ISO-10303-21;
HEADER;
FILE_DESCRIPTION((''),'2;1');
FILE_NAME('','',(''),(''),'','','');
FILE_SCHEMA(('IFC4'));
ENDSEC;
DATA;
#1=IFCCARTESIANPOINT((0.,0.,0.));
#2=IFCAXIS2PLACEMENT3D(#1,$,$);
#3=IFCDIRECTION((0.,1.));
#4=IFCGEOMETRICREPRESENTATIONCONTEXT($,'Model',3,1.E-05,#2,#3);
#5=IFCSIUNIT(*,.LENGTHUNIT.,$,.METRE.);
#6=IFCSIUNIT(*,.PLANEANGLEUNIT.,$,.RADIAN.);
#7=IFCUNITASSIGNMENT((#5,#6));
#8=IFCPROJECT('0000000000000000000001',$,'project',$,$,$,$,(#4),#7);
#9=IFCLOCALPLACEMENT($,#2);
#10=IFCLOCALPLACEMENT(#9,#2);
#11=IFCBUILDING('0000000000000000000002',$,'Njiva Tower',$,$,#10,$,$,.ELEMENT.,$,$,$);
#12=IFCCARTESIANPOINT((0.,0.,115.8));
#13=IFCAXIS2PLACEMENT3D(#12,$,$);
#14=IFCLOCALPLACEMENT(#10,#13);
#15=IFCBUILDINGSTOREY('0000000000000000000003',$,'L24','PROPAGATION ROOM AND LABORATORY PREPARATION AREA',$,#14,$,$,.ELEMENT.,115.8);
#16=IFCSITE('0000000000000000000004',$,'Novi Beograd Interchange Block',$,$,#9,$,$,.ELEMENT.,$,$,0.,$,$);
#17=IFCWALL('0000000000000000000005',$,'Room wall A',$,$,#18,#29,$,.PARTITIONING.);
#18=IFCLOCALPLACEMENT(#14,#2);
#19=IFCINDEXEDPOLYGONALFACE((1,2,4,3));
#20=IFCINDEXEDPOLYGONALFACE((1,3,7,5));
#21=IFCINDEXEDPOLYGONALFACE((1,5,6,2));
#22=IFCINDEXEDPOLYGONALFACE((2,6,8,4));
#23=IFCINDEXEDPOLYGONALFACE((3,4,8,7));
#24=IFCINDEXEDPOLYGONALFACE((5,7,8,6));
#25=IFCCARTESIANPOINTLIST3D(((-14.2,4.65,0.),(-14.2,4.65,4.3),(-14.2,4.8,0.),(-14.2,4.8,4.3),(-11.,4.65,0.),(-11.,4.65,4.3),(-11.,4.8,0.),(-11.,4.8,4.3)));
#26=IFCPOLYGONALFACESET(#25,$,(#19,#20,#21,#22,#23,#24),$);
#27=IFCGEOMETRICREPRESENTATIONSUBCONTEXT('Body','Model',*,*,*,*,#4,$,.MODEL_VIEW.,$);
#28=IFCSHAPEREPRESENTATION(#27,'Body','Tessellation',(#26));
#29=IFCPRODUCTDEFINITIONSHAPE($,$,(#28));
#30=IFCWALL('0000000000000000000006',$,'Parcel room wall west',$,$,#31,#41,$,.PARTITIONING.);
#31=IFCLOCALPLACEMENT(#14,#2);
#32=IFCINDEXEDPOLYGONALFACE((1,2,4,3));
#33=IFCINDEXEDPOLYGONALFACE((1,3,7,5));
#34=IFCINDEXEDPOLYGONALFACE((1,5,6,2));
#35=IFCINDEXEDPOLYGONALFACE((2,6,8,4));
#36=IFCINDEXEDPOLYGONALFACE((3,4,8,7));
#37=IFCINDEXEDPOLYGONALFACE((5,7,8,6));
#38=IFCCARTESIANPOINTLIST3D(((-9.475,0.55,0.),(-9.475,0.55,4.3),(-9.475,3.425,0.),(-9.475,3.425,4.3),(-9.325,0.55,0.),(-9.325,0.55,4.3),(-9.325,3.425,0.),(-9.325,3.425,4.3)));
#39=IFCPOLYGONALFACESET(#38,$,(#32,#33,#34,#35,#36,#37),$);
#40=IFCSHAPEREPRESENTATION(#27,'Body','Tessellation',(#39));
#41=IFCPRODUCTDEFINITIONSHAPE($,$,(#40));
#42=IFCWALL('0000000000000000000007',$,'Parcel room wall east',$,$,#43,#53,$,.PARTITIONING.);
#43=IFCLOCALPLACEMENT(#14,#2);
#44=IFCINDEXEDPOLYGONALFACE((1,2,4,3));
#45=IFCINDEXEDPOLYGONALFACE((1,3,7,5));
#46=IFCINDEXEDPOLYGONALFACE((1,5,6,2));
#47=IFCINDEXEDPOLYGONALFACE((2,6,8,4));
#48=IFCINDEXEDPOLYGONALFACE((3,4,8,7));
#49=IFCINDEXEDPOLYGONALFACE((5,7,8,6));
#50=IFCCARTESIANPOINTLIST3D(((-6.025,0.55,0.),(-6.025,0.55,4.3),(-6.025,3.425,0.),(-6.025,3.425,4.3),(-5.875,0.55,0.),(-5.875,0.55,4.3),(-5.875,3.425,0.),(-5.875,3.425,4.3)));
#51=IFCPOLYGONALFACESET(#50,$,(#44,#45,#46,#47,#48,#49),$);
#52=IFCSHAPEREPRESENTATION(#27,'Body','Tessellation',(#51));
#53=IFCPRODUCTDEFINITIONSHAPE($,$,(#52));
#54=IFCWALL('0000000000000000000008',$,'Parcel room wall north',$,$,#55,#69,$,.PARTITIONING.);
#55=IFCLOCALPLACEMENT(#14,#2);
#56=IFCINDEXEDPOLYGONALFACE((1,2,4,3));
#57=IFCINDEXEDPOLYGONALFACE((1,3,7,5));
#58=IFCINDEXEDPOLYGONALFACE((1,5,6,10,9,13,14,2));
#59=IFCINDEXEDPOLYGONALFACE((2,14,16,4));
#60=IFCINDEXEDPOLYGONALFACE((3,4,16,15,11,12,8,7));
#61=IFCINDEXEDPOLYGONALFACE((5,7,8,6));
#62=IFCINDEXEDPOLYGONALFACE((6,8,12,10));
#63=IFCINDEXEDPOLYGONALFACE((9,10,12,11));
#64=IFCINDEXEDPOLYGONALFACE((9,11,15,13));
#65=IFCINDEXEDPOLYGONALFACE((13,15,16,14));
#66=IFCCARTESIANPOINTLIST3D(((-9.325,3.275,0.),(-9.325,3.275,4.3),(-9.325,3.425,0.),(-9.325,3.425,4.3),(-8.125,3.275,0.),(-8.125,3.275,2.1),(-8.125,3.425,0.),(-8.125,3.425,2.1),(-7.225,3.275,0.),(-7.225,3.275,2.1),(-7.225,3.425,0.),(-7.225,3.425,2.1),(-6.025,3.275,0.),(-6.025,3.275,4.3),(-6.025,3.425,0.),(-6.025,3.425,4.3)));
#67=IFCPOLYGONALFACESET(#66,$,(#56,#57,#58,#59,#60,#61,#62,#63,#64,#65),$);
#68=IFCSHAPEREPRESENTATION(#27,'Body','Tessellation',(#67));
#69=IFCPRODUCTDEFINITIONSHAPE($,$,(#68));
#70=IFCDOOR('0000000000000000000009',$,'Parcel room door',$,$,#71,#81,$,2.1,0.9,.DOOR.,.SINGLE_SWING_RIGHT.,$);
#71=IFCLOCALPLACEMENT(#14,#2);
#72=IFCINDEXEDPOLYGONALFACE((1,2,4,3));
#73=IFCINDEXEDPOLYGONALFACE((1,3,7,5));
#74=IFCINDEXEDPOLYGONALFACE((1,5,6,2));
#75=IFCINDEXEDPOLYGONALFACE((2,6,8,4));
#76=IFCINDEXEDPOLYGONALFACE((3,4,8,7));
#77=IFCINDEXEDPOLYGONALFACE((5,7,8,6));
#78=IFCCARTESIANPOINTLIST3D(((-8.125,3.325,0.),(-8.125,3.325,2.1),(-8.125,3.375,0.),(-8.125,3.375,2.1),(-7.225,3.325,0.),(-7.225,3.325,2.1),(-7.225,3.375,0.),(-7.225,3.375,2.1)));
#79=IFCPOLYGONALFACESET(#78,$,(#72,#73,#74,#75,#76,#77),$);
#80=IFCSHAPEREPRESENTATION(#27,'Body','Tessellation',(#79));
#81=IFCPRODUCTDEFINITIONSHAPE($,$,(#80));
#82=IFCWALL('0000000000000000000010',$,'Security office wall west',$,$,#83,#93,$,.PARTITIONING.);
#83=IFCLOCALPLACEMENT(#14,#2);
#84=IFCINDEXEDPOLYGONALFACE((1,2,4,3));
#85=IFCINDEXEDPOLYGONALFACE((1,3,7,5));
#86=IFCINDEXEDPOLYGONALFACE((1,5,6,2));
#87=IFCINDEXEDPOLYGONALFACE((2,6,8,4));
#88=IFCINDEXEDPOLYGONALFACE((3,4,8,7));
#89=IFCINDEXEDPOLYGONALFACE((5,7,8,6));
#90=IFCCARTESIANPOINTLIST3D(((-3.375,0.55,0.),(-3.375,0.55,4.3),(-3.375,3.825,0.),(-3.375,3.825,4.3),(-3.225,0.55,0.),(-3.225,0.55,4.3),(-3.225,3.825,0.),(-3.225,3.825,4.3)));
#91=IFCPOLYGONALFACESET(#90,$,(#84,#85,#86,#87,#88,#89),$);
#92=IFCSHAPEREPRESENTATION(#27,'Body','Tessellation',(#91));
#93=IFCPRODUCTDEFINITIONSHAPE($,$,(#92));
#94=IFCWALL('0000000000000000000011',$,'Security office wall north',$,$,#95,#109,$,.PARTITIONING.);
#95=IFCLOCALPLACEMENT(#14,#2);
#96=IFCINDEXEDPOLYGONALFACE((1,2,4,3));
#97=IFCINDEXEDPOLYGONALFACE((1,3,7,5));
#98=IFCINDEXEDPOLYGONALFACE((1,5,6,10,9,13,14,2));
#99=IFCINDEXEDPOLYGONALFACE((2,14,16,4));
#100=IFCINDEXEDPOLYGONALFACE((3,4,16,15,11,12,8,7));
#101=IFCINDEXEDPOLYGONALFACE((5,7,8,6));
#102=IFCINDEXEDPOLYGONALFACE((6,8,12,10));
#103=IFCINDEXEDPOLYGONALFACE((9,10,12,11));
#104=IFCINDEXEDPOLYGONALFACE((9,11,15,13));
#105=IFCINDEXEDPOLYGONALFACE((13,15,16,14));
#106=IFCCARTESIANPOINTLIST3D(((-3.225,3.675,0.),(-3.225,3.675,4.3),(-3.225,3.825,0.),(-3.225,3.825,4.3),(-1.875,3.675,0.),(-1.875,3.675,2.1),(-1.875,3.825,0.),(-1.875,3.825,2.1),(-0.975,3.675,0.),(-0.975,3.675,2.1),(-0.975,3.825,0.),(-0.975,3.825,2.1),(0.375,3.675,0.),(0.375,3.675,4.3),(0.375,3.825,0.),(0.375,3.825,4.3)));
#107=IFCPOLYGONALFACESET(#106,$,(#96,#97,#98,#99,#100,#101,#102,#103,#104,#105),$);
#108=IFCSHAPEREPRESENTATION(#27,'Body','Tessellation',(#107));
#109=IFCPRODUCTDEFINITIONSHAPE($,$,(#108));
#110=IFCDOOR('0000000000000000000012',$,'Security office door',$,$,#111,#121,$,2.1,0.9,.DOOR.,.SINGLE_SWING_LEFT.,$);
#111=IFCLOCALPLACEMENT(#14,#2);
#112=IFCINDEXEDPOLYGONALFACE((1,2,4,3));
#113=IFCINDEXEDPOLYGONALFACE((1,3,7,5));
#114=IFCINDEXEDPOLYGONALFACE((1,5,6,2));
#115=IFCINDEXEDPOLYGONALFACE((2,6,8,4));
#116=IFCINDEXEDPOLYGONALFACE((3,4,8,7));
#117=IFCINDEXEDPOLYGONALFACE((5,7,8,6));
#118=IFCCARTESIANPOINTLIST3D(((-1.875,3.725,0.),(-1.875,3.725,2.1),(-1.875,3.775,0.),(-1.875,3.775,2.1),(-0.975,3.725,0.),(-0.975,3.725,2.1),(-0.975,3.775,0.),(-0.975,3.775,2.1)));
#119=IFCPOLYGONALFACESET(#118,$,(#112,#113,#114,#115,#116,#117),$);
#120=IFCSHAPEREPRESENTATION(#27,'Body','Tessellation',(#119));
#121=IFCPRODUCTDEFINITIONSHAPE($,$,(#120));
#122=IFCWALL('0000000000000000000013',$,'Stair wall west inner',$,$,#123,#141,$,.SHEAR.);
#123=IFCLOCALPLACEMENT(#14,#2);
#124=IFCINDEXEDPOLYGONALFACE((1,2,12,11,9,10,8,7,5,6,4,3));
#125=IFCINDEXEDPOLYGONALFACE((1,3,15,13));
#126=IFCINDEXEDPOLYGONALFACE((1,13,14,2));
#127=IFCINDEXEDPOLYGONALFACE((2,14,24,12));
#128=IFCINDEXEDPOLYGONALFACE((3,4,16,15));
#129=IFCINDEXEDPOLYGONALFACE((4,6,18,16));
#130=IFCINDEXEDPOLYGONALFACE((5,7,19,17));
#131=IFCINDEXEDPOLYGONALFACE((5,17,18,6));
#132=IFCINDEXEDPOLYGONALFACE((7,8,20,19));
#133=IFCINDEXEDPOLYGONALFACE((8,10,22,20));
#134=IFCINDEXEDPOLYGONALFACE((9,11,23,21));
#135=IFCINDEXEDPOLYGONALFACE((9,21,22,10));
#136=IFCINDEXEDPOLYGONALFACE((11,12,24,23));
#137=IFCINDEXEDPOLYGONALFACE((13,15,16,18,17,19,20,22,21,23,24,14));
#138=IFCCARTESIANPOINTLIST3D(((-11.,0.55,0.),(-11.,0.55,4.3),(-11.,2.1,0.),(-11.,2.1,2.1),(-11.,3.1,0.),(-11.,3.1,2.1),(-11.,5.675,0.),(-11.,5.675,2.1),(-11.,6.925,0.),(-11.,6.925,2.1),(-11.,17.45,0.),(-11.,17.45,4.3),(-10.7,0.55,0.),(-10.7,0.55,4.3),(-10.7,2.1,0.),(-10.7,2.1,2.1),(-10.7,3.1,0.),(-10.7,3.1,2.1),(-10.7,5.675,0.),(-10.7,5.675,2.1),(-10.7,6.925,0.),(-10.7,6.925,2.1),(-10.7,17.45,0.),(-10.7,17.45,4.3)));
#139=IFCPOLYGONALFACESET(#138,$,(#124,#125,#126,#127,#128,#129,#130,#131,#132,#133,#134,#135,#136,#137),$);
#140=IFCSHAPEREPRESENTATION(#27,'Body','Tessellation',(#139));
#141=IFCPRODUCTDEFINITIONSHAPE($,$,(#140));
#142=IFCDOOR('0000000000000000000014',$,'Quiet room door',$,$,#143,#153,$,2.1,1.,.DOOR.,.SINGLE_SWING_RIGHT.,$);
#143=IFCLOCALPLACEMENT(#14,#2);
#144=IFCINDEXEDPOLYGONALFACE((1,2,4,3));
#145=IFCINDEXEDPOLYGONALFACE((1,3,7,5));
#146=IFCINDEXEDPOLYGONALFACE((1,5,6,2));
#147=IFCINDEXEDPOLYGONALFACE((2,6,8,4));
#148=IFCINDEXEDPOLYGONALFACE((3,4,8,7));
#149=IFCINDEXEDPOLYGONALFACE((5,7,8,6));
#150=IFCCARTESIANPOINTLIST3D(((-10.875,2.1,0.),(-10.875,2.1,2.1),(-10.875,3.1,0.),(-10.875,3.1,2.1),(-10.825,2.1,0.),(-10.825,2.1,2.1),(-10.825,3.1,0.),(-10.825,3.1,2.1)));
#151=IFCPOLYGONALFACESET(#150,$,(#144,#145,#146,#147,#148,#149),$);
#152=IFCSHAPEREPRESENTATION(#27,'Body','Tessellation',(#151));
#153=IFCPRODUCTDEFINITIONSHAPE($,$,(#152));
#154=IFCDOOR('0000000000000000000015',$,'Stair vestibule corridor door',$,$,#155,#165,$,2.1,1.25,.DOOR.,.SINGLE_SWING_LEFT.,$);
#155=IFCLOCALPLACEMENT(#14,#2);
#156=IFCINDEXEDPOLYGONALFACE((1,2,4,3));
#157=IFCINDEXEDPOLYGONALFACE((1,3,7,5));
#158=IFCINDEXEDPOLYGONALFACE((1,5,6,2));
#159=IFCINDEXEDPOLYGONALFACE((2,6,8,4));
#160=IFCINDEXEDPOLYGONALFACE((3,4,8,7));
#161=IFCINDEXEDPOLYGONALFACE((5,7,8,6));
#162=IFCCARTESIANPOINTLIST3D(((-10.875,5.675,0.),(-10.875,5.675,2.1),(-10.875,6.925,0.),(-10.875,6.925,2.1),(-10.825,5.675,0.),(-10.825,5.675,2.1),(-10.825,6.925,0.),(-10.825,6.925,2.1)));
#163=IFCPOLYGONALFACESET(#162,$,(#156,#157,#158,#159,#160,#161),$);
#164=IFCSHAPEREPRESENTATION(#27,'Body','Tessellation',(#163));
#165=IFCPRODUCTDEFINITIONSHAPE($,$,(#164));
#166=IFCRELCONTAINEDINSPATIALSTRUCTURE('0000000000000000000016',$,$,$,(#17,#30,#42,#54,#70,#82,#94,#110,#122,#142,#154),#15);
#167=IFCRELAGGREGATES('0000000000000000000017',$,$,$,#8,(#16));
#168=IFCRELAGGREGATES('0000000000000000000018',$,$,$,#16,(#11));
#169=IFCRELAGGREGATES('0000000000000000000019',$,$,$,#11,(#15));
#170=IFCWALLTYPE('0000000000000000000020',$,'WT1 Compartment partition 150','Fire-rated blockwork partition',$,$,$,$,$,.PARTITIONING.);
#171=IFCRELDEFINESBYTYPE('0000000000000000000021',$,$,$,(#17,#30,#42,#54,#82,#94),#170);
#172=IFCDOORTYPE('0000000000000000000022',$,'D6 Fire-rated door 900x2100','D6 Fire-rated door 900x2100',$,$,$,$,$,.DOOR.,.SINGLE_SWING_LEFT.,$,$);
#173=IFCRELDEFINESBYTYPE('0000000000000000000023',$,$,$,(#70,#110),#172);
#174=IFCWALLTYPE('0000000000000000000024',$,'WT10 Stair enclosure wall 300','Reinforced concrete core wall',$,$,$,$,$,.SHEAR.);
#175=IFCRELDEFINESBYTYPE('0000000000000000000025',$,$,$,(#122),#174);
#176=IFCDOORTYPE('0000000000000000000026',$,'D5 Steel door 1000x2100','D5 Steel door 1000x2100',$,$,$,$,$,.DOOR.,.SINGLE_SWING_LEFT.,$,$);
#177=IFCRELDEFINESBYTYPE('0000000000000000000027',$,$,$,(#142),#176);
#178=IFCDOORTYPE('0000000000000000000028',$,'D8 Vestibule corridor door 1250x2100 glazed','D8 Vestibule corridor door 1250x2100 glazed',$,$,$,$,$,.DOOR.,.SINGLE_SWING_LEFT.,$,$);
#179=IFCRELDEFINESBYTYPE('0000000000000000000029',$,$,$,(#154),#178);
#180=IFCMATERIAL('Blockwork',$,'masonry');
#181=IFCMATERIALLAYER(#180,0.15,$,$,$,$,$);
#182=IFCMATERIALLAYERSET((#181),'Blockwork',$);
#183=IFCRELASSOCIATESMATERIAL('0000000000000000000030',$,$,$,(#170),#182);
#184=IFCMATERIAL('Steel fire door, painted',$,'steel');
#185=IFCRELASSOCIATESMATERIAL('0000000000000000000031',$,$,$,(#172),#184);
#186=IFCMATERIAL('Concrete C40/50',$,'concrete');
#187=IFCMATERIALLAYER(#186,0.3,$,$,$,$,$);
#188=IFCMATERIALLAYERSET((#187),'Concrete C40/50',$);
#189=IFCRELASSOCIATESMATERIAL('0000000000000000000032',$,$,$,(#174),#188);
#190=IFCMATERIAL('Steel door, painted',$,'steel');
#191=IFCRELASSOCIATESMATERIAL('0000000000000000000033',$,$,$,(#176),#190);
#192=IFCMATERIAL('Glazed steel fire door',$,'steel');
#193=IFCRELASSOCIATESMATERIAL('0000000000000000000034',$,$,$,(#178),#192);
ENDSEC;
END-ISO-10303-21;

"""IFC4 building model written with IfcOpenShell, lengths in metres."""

from ifc_helpers import new_model, si_unit, direction, frame, frame_2d, origin, place, context, subcontext, project, spatial, rectangle, extrude, material, layer, layer_set, type_object, element, fill, save


model = new_model("IFC4")

# Units and contexts
model_context = context("Model", 3, precision=1e-05, world=origin(), true_north=direction((0.0, 1.0)))
body_context = subcontext(model_context, "Body", "Model", "MODEL_VIEW")
ifc_project = project(units=[si_unit("LENGTHUNIT", "METRE"), si_unit("PLANEANGLEUNIT", "RADIAN")], contexts=[model_context])

# Site, building, storey
site_placement = place(None, origin())
site = spatial("IfcSite", under=ifc_project, at=site_placement, Name="Novi Beograd Interchange Block", CompositionType="ELEMENT", RefElevation=0.0)
building_placement = place(site_placement, origin())
building = spatial("IfcBuilding", under=site, at=building_placement, Name="Njiva Tower", CompositionType="ELEMENT")
storey_placement = place(building_placement, frame((0.0, 0.0, 115.8)))
storey = spatial("IfcBuildingStorey", under=building, at=storey_placement, Name="L24", Description="PROPAGATION ROOM AND LABORATORY PREPARATION AREA", CompositionType="ELEMENT", Elevation=115.8)

# Walls
ifc_material_1 = material(Name="Blockwork", Category="masonry")
ifc_layer_1 = layer(ifc_material_1, 0.15)
ifc_layer_set_1 = layer_set([ifc_layer_1], Name="Blockwork")
wall_type_1 = type_object("IfcWallType", Name="WT1 Compartment partition 150", Description="Fire-rated blockwork partition", PredefinedType="PARTITIONING", material=ifc_layer_set_1)
wall_1_placement = place(storey_placement, frame((-14.2, 4.725, 0.0), z_axis=(0.0, 0.0, 1.0), x_axis=(1.0, 0.0, 0.0)))
element("IfcWall", 1, at=wall_1_placement, inside=storey, type_object=wall_type_1, Name="Room wall A", PredefinedType="PARTITIONING", context=body_context, shape_type="SweptSolid", body=[
    extrude(rectangle(XDim=3.2, YDim=0.15, at=frame_2d((1.6, 0.0))), origin(), (0.0, 0.0, 1.0), 4.3),
])
for number, where, z_axis, x_axis, name in (
    (2, (-9.4, 0.55, 0.0), (0.0, 0.0, 1.0), (0.0, 1.0, 0.0), "Parcel room wall west"),
    (3, (-5.95, 0.55, 0.0), (0.0, 0.0, 1.0), (0.0, 1.0, 0.0), "Parcel room wall east"),
):
    element("IfcWall", number, at=place(storey_placement, frame(where, z_axis=z_axis, x_axis=x_axis)), inside=storey, type_object=wall_type_1, Name=name, PredefinedType="PARTITIONING", context=body_context, shape_type="SweptSolid", body=[
        extrude(rectangle(XDim=2.875, YDim=0.15, at=frame_2d((1.4375, 0.0))), origin(), (0.0, 0.0, 1.0), 4.3),
    ])

# Wall, opening, door
wall_2_placement = place(storey_placement, frame((-9.325, 3.35, 0.0), z_axis=(0.0, 0.0, 1.0), x_axis=(1.0, 0.0, 0.0)))
wall_2 = element("IfcWall", 4, at=wall_2_placement, inside=storey, type_object=wall_type_1, Name="Parcel room wall north", PredefinedType="PARTITIONING", context=body_context, shape_type="SweptSolid", body=[
    extrude(rectangle(XDim=3.3, YDim=0.15, at=frame_2d((1.65, 0.0))), origin(), (0.0, 0.0, 1.0), 4.3),
])
opening_1_placement = place(wall_2_placement, frame((1.2, 0.0, 0.0)))
opening_1 = element("IfcOpeningElement", 5, at=opening_1_placement, cuts=wall_2, PredefinedType="OPENING", context=body_context, shape_type="SweptSolid", body=[
    extrude(rectangle(XDim=0.9, YDim=2.1, at=frame_2d((0.45, 1.05))), frame((0.0, 0.085, 0.0), z_axis=(0.0, -1.0, 0.0), x_axis=(1.0, 0.0, 0.0)), (0.0, 0.0, 1.0), 0.17),
])
ifc_material_2 = material(Name="Steel fire door, painted", Category="steel")
door_type_1 = type_object("IfcDoorType", Name="D6 Fire-rated door 900x2100", Description="D6 Fire-rated door 900x2100", OperationType="SINGLE_SWING_LEFT", PredefinedType="DOOR", material=ifc_material_2)
door_1_placement = place(opening_1_placement, origin())
door_1 = element("IfcDoor", 6, at=door_1_placement, inside=storey, type_object=door_type_1, Name="Parcel room door", OperationType="SINGLE_SWING_RIGHT", OverallHeight=2.1, OverallWidth=0.9, PredefinedType="DOOR", context=body_context, shape_type="SweptSolid", body=[
    extrude(rectangle(XDim=0.9, YDim=2.1, at=frame_2d((0.45, 1.05))), frame((0.0, 0.025, 0.0), z_axis=(0.0, -1.0, 0.0), x_axis=(1.0, 0.0, 0.0)), (0.0, 0.0, 1.0), 0.05),
])
fill(opening_1, door_1)

# Wall
wall_3_placement = place(storey_placement, frame((-3.3, 0.55, 0.0), z_axis=(0.0, 0.0, 1.0), x_axis=(0.0, 1.0, 0.0)))
element("IfcWall", 7, at=wall_3_placement, inside=storey, type_object=wall_type_1, Name="Security office wall west", PredefinedType="PARTITIONING", context=body_context, shape_type="SweptSolid", body=[
    extrude(rectangle(XDim=3.275, YDim=0.15, at=frame_2d((1.6375, 0.0))), origin(), (0.0, 0.0, 1.0), 4.3),
])

# Wall, opening, door
wall_4_placement = place(storey_placement, frame((-3.225, 3.75, 0.0), z_axis=(0.0, 0.0, 1.0), x_axis=(1.0, 0.0, 0.0)))
wall_4 = element("IfcWall", 8, at=wall_4_placement, inside=storey, type_object=wall_type_1, Name="Security office wall north", PredefinedType="PARTITIONING", context=body_context, shape_type="SweptSolid", body=[
    extrude(rectangle(XDim=3.6, YDim=0.15, at=frame_2d((1.8, 0.0))), origin(), (0.0, 0.0, 1.0), 4.3),
])
opening_2_placement = place(wall_4_placement, frame((1.35, 0.0, 0.0)))
opening_2 = element("IfcOpeningElement", 9, at=opening_2_placement, cuts=wall_4, PredefinedType="OPENING", context=body_context, shape_type="SweptSolid", body=[
    extrude(rectangle(XDim=0.9, YDim=2.1, at=frame_2d((0.45, 1.05))), frame((0.0, 0.085, 0.0), z_axis=(0.0, -1.0, 0.0), x_axis=(1.0, 0.0, 0.0)), (0.0, 0.0, 1.0), 0.17),
])
door_2_placement = place(opening_2_placement, origin())
door_2 = element("IfcDoor", 10, at=door_2_placement, inside=storey, type_object=door_type_1, Name="Security office door", OperationType="SINGLE_SWING_LEFT", OverallHeight=2.1, OverallWidth=0.9, PredefinedType="DOOR", context=body_context, shape_type="SweptSolid", body=[
    extrude(rectangle(XDim=0.9, YDim=2.1, at=frame_2d((0.45, 1.05))), frame((0.0, 0.025, 0.0), z_axis=(0.0, -1.0, 0.0), x_axis=(1.0, 0.0, 0.0)), (0.0, 0.0, 1.0), 0.05),
])
fill(opening_2, door_2)

# Wall, openings, doors
ifc_material_3 = material(Name="Concrete C40/50", Category="concrete")
ifc_layer_2 = layer(ifc_material_3, 0.3)
ifc_layer_set_2 = layer_set([ifc_layer_2], Name="Concrete C40/50")
wall_type_2 = type_object("IfcWallType", Name="WT10 Stair enclosure wall 300", Description="Reinforced concrete core wall", PredefinedType="SHEAR", material=ifc_layer_set_2)
wall_5_placement = place(storey_placement, frame((-10.85, 0.55, 0.0), z_axis=(0.0, 0.0, 1.0), x_axis=(0.0, 1.0, 0.0)))
wall_5 = element("IfcWall", 11, at=wall_5_placement, inside=storey, type_object=wall_type_2, Name="Stair wall west inner", PredefinedType="SHEAR", context=body_context, shape_type="SweptSolid", body=[
    extrude(rectangle(XDim=16.9, YDim=0.3, at=frame_2d((8.45, 0.0))), origin(), (0.0, 0.0, 1.0), 4.3),
])
opening_3_placement = place(wall_5_placement, frame((5.125, 0.0, 0.0)))
opening_3 = element("IfcOpeningElement", 12, at=opening_3_placement, cuts=wall_5, PredefinedType="OPENING", context=body_context, shape_type="SweptSolid", body=[
    extrude(rectangle(XDim=1.25, YDim=2.1, at=frame_2d((0.625, 1.05))), frame((0.0, 0.16, 0.0), z_axis=(0.0, -1.0, 0.0), x_axis=(1.0, 0.0, 0.0)), (0.0, 0.0, 1.0), 0.32),
])
opening_4_placement = place(wall_5_placement, frame((1.55, 0.0, 0.0)))
opening_4 = element("IfcOpeningElement", 13, at=opening_4_placement, cuts=wall_5, PredefinedType="OPENING", context=body_context, shape_type="SweptSolid", body=[
    extrude(rectangle(XDim=1.0, YDim=2.1, at=frame_2d((0.5, 1.05))), frame((0.0, 0.16, 0.0), z_axis=(0.0, -1.0, 0.0), x_axis=(1.0, 0.0, 0.0)), (0.0, 0.0, 1.0), 0.32),
])
ifc_material_4 = material(Name="Steel door, painted", Category="steel")
door_type_2 = type_object("IfcDoorType", Name="D5 Steel door 1000x2100", Description="D5 Steel door 1000x2100", OperationType="SINGLE_SWING_LEFT", PredefinedType="DOOR", material=ifc_material_4)
door_3_placement = place(opening_4_placement, origin())
door_3 = element("IfcDoor", 14, at=door_3_placement, inside=storey, type_object=door_type_2, Name="Quiet room door", OperationType="SINGLE_SWING_RIGHT", OverallHeight=2.1, OverallWidth=1.0, PredefinedType="DOOR", context=body_context, shape_type="SweptSolid", body=[
    extrude(rectangle(XDim=1.0, YDim=2.1, at=frame_2d((0.5, 1.05))), frame((0.0, 0.025, 0.0), z_axis=(0.0, -1.0, 0.0), x_axis=(1.0, 0.0, 0.0)), (0.0, 0.0, 1.0), 0.05),
])
fill(opening_4, door_3)
ifc_material_5 = material(Name="Glazed steel fire door", Category="steel")
door_type_3 = type_object("IfcDoorType", Name="D8 Vestibule corridor door 1250x2100 glazed", Description="D8 Vestibule corridor door 1250x2100 glazed", OperationType="SINGLE_SWING_LEFT", PredefinedType="DOOR", material=ifc_material_5)
door_4_placement = place(opening_3_placement, origin())
door_4 = element("IfcDoor", 15, at=door_4_placement, inside=storey, type_object=door_type_3, Name="Stair vestibule corridor door", OperationType="SINGLE_SWING_LEFT", OverallHeight=2.1, OverallWidth=1.25, PredefinedType="DOOR", context=body_context, shape_type="SweptSolid", body=[
    extrude(rectangle(XDim=1.25, YDim=2.1, at=frame_2d((0.625, 1.05))), frame((0.0, 0.025, 0.0), z_axis=(0.0, -1.0, 0.0), x_axis=(1.0, 0.0, 0.0)), (0.0, 0.0, 1.0), 0.05),
])
fill(opening_3, door_4)

save(model, "model.ifc")
